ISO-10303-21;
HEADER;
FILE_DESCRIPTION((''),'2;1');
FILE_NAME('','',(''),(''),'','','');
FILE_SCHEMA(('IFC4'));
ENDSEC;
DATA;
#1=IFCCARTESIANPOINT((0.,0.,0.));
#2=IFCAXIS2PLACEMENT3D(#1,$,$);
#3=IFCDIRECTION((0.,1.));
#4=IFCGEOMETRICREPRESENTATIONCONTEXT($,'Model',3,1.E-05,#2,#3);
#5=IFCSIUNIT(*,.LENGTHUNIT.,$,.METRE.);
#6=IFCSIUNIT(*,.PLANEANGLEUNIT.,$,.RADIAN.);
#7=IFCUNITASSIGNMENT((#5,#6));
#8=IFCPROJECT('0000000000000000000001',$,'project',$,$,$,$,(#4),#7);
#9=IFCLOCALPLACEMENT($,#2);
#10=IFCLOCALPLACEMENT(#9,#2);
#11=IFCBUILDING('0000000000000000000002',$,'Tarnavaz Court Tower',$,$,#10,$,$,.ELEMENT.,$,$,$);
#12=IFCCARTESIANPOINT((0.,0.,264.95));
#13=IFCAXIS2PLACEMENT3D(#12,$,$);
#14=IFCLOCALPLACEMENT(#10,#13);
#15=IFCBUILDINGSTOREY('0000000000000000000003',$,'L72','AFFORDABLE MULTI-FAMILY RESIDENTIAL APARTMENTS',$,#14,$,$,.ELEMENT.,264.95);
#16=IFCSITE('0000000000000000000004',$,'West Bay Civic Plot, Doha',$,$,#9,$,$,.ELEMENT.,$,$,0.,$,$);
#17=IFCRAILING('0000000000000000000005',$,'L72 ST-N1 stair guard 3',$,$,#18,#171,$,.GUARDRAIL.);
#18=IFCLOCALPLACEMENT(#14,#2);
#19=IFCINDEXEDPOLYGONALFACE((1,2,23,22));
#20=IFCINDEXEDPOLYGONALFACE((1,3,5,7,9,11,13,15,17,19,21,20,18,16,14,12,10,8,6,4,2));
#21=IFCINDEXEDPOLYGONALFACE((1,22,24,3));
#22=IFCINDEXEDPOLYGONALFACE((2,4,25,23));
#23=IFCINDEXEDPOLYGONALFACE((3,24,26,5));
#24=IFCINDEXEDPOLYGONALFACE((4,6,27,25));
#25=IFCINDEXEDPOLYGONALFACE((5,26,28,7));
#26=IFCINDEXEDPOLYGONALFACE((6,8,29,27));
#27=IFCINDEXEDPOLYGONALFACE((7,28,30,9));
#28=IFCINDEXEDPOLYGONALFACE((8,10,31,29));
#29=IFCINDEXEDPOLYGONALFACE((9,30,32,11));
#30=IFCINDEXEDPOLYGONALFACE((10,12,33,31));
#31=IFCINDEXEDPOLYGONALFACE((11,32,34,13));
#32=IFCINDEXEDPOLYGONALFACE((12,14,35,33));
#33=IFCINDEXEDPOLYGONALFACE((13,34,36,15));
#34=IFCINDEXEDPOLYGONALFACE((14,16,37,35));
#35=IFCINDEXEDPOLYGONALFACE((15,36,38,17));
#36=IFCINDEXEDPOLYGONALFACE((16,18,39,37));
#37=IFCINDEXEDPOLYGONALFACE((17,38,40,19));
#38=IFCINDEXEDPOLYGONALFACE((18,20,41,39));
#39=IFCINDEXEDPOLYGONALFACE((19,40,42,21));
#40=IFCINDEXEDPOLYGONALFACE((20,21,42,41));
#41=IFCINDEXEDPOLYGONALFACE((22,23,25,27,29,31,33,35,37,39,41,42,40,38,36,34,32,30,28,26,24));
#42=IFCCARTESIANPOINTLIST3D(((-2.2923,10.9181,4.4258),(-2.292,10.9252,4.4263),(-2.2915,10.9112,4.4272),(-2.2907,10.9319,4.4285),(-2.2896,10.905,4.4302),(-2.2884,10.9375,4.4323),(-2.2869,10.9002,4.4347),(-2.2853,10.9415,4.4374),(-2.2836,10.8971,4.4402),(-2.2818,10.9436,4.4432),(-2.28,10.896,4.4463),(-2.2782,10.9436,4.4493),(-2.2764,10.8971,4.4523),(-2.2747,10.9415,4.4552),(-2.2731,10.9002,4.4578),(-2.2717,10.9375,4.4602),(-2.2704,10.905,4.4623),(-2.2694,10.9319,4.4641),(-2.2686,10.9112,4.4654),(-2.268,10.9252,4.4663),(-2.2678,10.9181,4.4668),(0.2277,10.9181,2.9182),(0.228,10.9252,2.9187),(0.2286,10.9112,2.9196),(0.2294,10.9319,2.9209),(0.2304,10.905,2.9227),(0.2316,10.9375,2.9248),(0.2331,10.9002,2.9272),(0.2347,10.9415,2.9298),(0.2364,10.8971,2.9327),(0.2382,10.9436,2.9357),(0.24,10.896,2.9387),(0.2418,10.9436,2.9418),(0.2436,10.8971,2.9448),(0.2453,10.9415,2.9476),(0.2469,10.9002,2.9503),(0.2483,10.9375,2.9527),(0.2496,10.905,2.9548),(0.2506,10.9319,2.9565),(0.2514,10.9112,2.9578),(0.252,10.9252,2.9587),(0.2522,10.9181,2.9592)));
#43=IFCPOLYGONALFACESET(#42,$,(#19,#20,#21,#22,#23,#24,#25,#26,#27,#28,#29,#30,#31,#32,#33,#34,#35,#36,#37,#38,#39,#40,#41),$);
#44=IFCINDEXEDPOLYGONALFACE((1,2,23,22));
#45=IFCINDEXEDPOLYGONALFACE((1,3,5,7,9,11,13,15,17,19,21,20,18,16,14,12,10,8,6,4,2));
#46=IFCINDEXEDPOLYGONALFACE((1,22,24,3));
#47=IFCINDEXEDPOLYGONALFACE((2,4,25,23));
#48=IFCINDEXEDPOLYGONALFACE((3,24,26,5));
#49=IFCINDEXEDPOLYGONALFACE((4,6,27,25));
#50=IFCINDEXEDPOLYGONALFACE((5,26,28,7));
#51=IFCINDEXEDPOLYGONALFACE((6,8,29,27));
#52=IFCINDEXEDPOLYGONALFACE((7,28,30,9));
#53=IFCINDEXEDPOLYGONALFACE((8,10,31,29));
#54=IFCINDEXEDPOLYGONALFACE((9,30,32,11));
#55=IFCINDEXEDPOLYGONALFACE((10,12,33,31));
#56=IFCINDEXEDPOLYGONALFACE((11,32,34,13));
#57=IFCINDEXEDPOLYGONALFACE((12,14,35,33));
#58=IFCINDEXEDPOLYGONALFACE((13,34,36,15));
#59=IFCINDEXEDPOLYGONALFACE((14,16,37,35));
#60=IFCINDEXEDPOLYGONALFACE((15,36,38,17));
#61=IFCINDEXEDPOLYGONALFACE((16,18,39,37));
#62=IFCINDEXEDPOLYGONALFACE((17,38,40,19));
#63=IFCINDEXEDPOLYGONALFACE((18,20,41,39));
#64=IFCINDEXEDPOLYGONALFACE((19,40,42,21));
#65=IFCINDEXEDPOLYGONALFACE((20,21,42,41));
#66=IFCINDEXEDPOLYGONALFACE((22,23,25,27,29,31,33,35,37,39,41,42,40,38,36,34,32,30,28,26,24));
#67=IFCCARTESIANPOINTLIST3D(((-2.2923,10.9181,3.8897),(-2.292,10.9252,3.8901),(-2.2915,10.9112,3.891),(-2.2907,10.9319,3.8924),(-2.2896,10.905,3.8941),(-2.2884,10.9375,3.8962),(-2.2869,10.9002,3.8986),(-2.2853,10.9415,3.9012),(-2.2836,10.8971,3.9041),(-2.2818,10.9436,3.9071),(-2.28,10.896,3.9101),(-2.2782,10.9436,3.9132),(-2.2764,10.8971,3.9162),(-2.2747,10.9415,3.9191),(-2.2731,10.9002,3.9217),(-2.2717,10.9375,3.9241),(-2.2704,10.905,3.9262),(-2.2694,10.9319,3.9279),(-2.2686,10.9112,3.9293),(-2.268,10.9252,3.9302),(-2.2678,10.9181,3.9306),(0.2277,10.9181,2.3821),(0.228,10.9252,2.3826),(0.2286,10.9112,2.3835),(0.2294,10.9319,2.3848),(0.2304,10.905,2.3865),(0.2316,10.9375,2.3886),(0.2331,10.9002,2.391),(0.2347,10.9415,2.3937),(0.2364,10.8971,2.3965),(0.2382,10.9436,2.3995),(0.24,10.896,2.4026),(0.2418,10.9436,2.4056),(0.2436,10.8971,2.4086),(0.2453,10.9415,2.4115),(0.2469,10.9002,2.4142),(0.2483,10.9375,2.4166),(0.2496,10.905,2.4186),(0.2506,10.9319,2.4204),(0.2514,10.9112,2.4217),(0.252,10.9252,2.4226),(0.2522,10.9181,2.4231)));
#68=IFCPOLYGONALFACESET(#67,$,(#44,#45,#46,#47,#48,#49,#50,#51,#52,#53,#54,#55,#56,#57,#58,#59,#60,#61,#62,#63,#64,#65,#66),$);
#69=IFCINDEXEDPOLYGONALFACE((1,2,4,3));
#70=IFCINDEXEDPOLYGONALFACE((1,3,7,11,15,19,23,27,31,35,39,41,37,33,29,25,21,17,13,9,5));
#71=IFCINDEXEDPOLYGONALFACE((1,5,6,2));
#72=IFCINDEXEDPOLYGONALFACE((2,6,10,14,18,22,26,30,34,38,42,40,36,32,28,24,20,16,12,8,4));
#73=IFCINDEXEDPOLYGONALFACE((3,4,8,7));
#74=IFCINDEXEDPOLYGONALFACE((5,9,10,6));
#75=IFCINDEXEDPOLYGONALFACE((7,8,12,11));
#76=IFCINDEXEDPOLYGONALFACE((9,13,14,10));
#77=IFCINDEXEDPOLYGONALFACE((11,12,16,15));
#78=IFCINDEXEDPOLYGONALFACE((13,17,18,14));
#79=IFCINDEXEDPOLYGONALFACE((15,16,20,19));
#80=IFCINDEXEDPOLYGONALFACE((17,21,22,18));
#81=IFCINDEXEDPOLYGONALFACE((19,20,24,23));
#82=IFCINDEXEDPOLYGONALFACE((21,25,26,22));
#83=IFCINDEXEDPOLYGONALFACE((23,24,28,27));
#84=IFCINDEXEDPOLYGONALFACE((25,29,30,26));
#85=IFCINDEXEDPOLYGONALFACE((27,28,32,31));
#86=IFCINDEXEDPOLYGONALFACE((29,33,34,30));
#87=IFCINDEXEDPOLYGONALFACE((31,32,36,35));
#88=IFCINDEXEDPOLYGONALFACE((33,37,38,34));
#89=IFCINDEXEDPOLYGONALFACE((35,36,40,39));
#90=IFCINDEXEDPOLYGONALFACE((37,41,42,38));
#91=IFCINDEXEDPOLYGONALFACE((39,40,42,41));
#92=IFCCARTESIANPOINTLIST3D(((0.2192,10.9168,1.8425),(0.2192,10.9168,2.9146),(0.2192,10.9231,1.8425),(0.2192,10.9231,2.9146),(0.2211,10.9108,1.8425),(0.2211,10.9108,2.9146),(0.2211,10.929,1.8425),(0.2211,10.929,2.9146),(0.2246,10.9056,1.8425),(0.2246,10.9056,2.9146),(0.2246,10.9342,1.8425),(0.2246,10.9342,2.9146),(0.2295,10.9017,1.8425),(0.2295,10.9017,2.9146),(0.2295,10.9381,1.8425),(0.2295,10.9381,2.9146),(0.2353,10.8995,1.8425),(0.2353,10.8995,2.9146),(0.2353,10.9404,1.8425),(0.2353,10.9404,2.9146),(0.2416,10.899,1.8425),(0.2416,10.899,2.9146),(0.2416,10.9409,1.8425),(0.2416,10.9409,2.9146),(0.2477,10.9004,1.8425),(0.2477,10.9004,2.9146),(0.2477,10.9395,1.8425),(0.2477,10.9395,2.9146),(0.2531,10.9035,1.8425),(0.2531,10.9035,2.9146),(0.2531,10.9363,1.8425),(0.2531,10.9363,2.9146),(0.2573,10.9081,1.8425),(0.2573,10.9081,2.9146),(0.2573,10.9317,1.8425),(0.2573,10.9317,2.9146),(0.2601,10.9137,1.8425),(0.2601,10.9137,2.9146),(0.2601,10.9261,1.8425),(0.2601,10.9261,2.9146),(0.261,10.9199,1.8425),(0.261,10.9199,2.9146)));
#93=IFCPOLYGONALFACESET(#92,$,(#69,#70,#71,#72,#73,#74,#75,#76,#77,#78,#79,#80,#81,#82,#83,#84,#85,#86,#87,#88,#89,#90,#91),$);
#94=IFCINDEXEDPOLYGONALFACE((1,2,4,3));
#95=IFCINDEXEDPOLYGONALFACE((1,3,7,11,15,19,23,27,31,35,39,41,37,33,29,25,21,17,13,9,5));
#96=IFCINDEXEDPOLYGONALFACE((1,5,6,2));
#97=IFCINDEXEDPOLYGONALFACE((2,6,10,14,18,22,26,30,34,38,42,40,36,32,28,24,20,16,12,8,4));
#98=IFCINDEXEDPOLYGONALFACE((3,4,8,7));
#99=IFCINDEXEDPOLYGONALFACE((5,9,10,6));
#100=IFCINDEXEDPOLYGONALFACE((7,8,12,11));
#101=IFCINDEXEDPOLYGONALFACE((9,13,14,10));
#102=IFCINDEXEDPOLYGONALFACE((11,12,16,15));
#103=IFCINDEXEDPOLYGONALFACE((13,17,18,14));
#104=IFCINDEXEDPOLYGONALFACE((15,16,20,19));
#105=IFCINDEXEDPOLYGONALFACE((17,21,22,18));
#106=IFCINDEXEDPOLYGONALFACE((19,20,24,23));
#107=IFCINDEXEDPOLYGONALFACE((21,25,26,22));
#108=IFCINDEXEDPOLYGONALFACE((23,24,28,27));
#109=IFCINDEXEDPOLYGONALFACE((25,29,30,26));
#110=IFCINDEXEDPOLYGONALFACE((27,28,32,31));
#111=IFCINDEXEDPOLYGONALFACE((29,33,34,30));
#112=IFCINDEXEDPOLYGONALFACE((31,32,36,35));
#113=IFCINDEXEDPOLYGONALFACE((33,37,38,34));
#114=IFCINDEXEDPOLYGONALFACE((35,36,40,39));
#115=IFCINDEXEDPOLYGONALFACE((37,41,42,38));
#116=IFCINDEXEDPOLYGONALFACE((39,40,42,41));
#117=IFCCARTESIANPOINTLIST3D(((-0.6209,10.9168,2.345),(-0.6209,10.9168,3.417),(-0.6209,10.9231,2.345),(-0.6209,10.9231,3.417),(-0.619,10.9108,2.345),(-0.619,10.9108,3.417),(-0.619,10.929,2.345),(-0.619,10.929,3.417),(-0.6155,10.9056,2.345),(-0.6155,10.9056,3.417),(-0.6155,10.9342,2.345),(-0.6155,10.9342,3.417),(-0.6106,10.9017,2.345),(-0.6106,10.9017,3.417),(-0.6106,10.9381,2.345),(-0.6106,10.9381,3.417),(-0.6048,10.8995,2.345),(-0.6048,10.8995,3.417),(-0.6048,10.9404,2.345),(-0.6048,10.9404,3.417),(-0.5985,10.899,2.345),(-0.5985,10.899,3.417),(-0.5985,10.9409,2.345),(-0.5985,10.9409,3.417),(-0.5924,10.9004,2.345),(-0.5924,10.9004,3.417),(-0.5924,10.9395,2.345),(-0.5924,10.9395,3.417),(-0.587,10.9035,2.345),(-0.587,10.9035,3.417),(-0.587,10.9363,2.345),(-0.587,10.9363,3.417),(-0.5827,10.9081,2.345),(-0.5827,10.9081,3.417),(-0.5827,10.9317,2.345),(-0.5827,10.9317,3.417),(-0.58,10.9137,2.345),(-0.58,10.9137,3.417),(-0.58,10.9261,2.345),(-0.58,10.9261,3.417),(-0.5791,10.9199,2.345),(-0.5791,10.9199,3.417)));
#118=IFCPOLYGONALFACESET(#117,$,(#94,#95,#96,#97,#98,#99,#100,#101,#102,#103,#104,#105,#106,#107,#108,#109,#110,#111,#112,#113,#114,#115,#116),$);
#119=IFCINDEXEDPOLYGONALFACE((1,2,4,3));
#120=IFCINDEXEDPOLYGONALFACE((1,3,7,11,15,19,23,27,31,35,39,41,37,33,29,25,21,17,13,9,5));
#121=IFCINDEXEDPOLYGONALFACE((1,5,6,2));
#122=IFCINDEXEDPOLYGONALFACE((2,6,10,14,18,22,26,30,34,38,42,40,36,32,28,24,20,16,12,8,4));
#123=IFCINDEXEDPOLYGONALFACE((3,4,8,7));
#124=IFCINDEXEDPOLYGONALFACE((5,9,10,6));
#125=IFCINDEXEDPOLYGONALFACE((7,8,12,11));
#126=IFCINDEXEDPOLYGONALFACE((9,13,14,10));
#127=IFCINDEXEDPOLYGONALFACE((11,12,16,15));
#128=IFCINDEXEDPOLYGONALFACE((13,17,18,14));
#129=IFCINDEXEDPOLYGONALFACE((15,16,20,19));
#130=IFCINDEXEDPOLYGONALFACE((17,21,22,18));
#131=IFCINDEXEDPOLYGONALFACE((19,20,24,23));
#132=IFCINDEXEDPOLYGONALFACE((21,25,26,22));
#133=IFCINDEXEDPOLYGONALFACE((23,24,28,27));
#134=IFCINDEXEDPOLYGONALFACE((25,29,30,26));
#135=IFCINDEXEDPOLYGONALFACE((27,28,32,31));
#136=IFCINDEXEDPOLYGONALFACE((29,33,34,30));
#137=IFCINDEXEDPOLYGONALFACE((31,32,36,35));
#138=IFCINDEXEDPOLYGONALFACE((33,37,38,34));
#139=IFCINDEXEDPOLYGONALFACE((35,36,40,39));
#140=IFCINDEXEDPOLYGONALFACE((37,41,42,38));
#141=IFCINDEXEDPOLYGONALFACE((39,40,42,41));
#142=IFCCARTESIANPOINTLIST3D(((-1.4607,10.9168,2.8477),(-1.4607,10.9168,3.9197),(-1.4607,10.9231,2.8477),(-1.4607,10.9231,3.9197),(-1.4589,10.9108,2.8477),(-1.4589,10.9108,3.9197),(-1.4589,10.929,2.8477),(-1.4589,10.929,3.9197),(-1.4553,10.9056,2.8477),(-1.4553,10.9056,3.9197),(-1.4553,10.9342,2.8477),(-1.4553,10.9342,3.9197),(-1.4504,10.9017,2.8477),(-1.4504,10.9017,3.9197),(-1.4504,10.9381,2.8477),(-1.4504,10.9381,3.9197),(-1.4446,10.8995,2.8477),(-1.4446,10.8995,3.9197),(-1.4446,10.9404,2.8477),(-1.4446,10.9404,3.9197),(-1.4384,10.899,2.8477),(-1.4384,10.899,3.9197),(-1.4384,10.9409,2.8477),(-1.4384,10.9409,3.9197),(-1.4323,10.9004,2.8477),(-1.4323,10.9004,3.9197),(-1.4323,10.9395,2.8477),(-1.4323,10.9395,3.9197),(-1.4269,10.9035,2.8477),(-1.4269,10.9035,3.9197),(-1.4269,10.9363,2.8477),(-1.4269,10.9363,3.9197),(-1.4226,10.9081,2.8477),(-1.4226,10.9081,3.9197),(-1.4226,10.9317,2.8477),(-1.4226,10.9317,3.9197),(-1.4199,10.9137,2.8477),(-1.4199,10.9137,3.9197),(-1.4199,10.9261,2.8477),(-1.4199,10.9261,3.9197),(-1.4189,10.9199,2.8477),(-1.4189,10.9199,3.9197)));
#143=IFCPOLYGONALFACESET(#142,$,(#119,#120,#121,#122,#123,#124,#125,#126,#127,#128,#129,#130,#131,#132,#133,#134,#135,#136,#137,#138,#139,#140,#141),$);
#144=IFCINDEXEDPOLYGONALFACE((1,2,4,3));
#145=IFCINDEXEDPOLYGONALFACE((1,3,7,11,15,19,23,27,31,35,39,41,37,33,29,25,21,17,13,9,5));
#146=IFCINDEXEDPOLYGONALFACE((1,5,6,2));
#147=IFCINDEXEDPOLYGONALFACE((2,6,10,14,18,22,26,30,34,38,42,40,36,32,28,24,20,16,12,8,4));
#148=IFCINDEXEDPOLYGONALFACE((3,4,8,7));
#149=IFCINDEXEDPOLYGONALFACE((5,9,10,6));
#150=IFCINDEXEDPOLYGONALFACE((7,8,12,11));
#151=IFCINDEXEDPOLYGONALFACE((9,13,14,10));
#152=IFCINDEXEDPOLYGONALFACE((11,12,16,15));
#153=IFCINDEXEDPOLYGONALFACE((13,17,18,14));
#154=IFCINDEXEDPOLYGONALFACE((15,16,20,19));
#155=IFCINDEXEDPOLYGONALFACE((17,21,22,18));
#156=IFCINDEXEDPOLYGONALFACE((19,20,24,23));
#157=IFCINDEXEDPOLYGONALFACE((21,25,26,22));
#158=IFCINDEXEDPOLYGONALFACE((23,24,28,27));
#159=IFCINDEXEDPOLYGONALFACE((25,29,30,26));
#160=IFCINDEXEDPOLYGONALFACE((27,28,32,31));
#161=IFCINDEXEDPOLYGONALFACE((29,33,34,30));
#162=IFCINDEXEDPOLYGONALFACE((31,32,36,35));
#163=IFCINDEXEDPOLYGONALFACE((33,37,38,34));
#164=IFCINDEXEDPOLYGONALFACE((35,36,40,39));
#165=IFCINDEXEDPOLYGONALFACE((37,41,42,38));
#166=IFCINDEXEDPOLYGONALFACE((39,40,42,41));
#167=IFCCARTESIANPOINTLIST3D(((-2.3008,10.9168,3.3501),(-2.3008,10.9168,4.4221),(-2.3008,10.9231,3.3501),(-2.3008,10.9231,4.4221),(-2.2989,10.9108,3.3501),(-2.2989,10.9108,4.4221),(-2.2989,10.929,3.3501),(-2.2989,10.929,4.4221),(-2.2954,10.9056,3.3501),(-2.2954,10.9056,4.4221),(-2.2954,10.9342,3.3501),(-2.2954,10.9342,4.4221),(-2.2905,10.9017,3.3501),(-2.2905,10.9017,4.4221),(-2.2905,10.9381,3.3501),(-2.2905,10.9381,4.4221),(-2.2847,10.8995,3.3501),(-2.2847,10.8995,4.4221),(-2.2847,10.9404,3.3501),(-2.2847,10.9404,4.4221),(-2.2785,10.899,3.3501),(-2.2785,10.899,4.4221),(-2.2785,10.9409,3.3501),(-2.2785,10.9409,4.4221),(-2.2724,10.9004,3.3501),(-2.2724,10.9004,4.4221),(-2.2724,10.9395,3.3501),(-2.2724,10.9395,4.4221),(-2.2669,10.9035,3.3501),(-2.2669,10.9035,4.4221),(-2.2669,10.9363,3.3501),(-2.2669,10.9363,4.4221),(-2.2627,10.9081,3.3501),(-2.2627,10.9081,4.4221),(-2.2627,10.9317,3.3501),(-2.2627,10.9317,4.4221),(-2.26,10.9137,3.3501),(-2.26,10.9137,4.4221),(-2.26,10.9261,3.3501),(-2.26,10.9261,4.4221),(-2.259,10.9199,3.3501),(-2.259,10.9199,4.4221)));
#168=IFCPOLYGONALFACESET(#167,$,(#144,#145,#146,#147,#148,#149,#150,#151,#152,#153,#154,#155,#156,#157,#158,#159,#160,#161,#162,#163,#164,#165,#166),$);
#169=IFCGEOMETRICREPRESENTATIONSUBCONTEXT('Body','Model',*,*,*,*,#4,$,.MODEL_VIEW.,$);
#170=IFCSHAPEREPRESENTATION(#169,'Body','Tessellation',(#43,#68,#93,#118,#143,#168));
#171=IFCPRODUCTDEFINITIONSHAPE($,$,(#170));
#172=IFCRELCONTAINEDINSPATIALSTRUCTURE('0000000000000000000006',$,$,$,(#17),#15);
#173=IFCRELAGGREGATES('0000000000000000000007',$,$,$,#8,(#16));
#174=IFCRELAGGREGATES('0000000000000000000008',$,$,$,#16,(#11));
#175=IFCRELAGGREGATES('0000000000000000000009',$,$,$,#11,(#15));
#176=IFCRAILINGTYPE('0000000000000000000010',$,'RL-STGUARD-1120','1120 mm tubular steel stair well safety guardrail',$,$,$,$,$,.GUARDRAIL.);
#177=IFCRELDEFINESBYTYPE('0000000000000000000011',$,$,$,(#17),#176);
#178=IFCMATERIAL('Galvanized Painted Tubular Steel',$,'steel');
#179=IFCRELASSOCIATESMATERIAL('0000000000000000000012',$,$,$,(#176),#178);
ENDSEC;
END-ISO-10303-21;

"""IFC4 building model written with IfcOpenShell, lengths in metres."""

from ifc_helpers import new_model, si_unit, direction, frame, origin, origin_2d, place, context, subcontext, project, spatial, circle, extrude, material, type_object, element, save


model = new_model("IFC4")

# Units and contexts
model_context = context("Model", 3, precision=1e-05, world=origin(), true_north=direction((0.0, 1.0)))
body_context = subcontext(model_context, "Body", "Model", "MODEL_VIEW")
ifc_project = project(units=[si_unit("LENGTHUNIT", "METRE"), si_unit("PLANEANGLEUNIT", "RADIAN")], contexts=[model_context])

# Site, building, storey
site_placement = place(None, origin())
site = spatial("IfcSite", under=ifc_project, at=site_placement, Name="West Bay Civic Plot, Doha", CompositionType="ELEMENT", RefElevation=0.0)
building_placement = place(site_placement, origin())
building = spatial("IfcBuilding", under=site, at=building_placement, Name="Tarnavaz Court Tower", CompositionType="ELEMENT")
storey_placement = place(building_placement, frame((0.0, 0.0, 264.95)))
storey = spatial("IfcBuildingStorey", under=building, at=storey_placement, Name="L72", Description="AFFORDABLE MULTI-FAMILY RESIDENTIAL APARTMENTS", CompositionType="ELEMENT", Elevation=264.95)

# Railing
ifc_material_1 = material(Name="Galvanized Painted Tubular Steel", Category="steel")
railing_type_1 = type_object("IfcRailingType", Name="RL-STGUARD-1120", Description="1120 mm tubular steel stair well safety guardrail", PredefinedType="GUARDRAIL", material=ifc_material_1)
railing_1_placement = place(storey_placement, frame((0.24, 10.9199, 1.8425)))
element("IfcRailing", 1, at=railing_1_placement, inside=storey, type_object=railing_type_1, Name="L72 ST-N1 stair guard 3", PredefinedType="GUARDRAIL", context=body_context, shape_type="SweptSolid", body=[
    extrude(circle(Radius=0.0239, at=origin_2d()), frame((0.0, 0.0, 1.0962), z_axis=(-0.85816, 0.0, 0.513383), x_axis=(0.0, -1.0, 0.0)), (0.0, 0.0, 1.0), 2.9365),
    extrude(circle(Radius=0.0239, at=origin_2d()), frame((0.0, 0.0, 0.5601), z_axis=(-0.85816, 0.0, 0.513383), x_axis=(0.0, -1.0, 0.0)), (0.0, 0.0, 1.0), 2.9365),
    extrude(circle(Radius=0.021, at=origin_2d()), origin(), (0.0, 0.0, 1.0), 1.072),
    extrude(circle(Radius=0.021, at=origin_2d()), frame((-0.8401, 0.0, 0.5024)), (0.0, 0.0, 1.0), 1.072),
    extrude(circle(Radius=0.021, at=origin_2d()), frame((-1.6799, 0.0, 1.0051)), (0.0, 0.0, 1.0), 1.072),
    extrude(circle(Radius=0.021, at=origin_2d()), frame((-2.52, 0.0, 1.5076)), (0.0, 0.0, 1.0), 1.072),
])

save(model, "model.ifc")
